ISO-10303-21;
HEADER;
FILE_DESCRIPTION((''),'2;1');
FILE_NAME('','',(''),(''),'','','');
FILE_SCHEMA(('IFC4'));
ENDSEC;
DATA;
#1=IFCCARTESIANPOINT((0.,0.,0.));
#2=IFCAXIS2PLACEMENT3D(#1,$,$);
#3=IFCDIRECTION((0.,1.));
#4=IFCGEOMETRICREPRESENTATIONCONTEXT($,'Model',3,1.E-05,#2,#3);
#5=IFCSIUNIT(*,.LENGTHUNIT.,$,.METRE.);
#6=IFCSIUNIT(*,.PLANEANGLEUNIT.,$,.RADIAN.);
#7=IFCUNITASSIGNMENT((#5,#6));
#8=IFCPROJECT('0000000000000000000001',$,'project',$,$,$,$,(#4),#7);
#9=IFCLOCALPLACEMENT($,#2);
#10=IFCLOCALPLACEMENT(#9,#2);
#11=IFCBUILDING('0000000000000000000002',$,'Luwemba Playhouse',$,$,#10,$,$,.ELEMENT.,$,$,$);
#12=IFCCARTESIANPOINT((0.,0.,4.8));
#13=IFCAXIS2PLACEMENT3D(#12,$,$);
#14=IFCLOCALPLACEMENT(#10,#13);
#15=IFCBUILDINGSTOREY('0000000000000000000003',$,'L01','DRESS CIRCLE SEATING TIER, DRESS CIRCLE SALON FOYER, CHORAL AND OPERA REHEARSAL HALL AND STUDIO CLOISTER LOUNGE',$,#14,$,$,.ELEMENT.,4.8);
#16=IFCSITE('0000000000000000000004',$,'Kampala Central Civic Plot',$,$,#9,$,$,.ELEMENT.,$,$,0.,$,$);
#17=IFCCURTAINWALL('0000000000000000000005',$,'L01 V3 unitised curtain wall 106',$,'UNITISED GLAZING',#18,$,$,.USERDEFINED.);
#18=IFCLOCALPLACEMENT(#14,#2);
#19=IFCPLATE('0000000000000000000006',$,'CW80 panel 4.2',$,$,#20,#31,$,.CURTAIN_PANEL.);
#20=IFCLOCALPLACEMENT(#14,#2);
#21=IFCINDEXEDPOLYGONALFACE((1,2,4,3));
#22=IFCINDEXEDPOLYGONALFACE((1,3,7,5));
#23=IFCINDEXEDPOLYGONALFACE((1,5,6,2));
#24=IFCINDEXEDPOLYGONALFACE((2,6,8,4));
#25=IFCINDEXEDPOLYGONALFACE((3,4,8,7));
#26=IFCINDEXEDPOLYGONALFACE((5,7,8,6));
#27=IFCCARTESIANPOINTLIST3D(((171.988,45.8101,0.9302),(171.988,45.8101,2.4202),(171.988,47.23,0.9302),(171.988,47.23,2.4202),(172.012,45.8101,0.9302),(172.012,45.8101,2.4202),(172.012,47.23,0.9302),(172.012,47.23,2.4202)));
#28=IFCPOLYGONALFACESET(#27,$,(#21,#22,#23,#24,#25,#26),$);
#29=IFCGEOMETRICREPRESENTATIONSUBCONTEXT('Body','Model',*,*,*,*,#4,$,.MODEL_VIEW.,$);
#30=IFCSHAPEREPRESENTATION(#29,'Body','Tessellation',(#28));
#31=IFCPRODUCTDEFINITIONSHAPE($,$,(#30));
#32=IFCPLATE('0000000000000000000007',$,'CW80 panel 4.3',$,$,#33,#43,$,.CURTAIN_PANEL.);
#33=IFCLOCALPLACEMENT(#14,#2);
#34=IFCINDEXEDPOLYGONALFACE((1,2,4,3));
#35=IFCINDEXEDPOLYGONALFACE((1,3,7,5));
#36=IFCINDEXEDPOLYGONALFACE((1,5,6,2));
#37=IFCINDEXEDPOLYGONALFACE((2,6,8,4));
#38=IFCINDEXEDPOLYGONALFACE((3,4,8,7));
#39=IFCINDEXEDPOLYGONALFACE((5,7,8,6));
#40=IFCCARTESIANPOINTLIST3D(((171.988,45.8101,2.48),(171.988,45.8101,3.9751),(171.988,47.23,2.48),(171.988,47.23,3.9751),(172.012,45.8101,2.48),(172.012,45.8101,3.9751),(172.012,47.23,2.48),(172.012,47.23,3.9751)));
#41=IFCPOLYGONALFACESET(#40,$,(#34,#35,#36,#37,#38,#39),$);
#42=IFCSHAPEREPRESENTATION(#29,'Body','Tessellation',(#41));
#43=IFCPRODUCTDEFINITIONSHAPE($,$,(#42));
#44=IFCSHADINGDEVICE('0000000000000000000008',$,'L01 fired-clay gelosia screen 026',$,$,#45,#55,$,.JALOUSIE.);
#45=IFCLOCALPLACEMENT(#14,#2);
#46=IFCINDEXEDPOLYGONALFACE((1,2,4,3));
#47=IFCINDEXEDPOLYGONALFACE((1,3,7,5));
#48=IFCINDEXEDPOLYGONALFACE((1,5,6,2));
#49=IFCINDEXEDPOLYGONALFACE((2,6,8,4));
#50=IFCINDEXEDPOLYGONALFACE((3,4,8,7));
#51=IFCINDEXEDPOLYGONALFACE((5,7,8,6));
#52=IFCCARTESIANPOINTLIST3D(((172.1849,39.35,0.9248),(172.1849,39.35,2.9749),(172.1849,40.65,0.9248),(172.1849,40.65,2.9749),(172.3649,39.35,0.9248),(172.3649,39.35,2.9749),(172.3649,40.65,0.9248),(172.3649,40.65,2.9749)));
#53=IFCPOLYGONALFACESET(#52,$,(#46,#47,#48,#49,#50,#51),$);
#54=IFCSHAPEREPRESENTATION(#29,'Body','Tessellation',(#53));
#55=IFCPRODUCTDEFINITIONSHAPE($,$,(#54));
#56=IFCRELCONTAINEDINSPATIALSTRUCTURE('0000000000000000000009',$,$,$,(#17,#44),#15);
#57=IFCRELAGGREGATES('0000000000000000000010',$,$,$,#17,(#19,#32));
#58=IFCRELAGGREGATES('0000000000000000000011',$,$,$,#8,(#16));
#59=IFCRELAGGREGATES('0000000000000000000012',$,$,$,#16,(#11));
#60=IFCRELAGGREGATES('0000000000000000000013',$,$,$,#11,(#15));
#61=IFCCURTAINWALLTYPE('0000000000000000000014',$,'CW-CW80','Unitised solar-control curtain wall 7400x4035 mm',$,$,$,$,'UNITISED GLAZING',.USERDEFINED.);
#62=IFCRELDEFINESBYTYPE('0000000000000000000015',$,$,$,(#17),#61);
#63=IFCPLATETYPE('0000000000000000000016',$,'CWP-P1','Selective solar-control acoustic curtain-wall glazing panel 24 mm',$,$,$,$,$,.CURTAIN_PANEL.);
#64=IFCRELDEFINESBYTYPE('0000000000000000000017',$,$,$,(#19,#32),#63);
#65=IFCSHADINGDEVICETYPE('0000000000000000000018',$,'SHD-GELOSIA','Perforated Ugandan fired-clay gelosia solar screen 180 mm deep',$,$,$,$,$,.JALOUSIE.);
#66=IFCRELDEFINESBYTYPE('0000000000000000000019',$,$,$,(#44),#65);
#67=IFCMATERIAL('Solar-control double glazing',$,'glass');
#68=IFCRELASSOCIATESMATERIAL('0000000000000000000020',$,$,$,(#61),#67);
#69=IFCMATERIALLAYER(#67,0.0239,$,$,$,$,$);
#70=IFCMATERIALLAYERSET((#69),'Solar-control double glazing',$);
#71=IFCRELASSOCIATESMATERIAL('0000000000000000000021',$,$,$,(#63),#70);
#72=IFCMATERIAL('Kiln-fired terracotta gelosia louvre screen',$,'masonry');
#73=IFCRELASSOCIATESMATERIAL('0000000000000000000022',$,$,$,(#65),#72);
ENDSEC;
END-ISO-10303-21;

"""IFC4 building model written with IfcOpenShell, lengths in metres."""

from ifc_helpers import new_model, si_unit, direction, frame, origin, origin_2d, place, context, subcontext, project, spatial, rectangle, extrude, material, layer, layer_set, type_object, element, aggregate, save


model = new_model("IFC4")

# Units and contexts
model_context = context("Model", 3, precision=1e-05, world=origin(), true_north=direction((0.0, 1.0)))
body_context = subcontext(model_context, "Body", "Model", "MODEL_VIEW")
ifc_project = project(units=[si_unit("LENGTHUNIT", "METRE"), si_unit("PLANEANGLEUNIT", "RADIAN")], contexts=[model_context])

# Site, building, storey
site_placement = place(None, origin())
site = spatial("IfcSite", under=ifc_project, at=site_placement, Name="Kampala Central Civic Plot", CompositionType="ELEMENT", RefElevation=0.0)
building_placement = place(site_placement, origin())
building = spatial("IfcBuilding", under=site, at=building_placement, Name="Luwemba Playhouse", CompositionType="ELEMENT")
storey_placement = place(building_placement, frame((0.0, 0.0, 4.8)))
storey = spatial("IfcBuildingStorey", under=building, at=storey_placement, Name="L01", Description="DRESS CIRCLE SEATING TIER, DRESS CIRCLE SALON FOYER, CHORAL AND OPERA REHEARSAL HALL AND STUDIO CLOISTER LOUNGE", CompositionType="ELEMENT", Elevation=4.8)

# Curtain wall, plates
ifc_material_1 = material(Name="Solar-control double glazing", Category="glass")
curtain_wall_type = type_object("IfcCurtainWallType", Name="CW-CW80", Description="Unitised solar-control curtain wall 7400x4035 mm", ElementType="UNITISED GLAZING", PredefinedType="USERDEFINED", material=ifc_material_1)
curtain_wall_placement = place(storey_placement, origin())
curtain_wall = element("IfcCurtainWall", 1, at=curtain_wall_placement, inside=storey, type_object=curtain_wall_type, Name="L01 V3 unitised curtain wall 106", ObjectType="UNITISED GLAZING", PredefinedType="USERDEFINED")
ifc_layer = layer(ifc_material_1, 0.0239)
ifc_layer_set = layer_set([ifc_layer], Name="Solar-control double glazing")
plate_type = type_object("IfcPlateType", Name="CWP-P1", Description="Selective solar-control acoustic curtain-wall glazing panel 24 mm", PredefinedType="CURTAIN_PANEL", material=ifc_layer_set)
plate_1_placement = place(storey_placement, frame((172.0, 46.52, 0.9302), z_axis=(0.0, 0.0, 1.0), x_axis=(0.0, -1.0, 0.0)))
plate_1 = element("IfcPlate", 2, at=plate_1_placement, type_object=plate_type, Name="CW80 panel 4.2", PredefinedType="CURTAIN_PANEL", context=body_context, shape_type="SweptSolid", body=[
    extrude(rectangle(XDim=1.4199, YDim=0.0239, at=origin_2d()), origin(), (0.0, 0.0, 1.0), 1.49),
])
plate_2_placement = place(storey_placement, frame((172.0, 46.52, 2.48), z_axis=(0.0, 0.0, 1.0), x_axis=(0.0, -1.0, 0.0)))
plate_2 = element("IfcPlate", 3, at=plate_2_placement, type_object=plate_type, Name="CW80 panel 4.3", PredefinedType="CURTAIN_PANEL", context=body_context, shape_type="SweptSolid", body=[
    extrude(rectangle(XDim=1.4199, YDim=0.0239, at=origin_2d()), origin(), (0.0, 0.0, 1.0), 1.4951),
])
aggregate(curtain_wall, [plate_1, plate_2])

# Shading device
ifc_material_2 = material(Name="Kiln-fired terracotta gelosia louvre screen", Category="masonry")
shading_device_type = type_object("IfcShadingDeviceType", Name="SHD-GELOSIA", Description="Perforated Ugandan fired-clay gelosia solar screen 180 mm deep", PredefinedType="JALOUSIE", material=ifc_material_2)
shading_device_placement = place(storey_placement, frame((172.2749, 40.0, 0.9248), z_axis=(0.0, 0.0, 1.0), x_axis=(0.0, -1.0, 0.0)))
element("IfcShadingDevice", 4, at=shading_device_placement, inside=storey, type_object=shading_device_type, Name="L01 fired-clay gelosia screen 026", PredefinedType="JALOUSIE", context=body_context, shape_type="SweptSolid", body=[
    extrude(rectangle(XDim=1.3, YDim=0.1799, at=origin_2d()), origin(), (0.0, 0.0, 1.0), 2.05),
])

save(model, "model.ifc")
